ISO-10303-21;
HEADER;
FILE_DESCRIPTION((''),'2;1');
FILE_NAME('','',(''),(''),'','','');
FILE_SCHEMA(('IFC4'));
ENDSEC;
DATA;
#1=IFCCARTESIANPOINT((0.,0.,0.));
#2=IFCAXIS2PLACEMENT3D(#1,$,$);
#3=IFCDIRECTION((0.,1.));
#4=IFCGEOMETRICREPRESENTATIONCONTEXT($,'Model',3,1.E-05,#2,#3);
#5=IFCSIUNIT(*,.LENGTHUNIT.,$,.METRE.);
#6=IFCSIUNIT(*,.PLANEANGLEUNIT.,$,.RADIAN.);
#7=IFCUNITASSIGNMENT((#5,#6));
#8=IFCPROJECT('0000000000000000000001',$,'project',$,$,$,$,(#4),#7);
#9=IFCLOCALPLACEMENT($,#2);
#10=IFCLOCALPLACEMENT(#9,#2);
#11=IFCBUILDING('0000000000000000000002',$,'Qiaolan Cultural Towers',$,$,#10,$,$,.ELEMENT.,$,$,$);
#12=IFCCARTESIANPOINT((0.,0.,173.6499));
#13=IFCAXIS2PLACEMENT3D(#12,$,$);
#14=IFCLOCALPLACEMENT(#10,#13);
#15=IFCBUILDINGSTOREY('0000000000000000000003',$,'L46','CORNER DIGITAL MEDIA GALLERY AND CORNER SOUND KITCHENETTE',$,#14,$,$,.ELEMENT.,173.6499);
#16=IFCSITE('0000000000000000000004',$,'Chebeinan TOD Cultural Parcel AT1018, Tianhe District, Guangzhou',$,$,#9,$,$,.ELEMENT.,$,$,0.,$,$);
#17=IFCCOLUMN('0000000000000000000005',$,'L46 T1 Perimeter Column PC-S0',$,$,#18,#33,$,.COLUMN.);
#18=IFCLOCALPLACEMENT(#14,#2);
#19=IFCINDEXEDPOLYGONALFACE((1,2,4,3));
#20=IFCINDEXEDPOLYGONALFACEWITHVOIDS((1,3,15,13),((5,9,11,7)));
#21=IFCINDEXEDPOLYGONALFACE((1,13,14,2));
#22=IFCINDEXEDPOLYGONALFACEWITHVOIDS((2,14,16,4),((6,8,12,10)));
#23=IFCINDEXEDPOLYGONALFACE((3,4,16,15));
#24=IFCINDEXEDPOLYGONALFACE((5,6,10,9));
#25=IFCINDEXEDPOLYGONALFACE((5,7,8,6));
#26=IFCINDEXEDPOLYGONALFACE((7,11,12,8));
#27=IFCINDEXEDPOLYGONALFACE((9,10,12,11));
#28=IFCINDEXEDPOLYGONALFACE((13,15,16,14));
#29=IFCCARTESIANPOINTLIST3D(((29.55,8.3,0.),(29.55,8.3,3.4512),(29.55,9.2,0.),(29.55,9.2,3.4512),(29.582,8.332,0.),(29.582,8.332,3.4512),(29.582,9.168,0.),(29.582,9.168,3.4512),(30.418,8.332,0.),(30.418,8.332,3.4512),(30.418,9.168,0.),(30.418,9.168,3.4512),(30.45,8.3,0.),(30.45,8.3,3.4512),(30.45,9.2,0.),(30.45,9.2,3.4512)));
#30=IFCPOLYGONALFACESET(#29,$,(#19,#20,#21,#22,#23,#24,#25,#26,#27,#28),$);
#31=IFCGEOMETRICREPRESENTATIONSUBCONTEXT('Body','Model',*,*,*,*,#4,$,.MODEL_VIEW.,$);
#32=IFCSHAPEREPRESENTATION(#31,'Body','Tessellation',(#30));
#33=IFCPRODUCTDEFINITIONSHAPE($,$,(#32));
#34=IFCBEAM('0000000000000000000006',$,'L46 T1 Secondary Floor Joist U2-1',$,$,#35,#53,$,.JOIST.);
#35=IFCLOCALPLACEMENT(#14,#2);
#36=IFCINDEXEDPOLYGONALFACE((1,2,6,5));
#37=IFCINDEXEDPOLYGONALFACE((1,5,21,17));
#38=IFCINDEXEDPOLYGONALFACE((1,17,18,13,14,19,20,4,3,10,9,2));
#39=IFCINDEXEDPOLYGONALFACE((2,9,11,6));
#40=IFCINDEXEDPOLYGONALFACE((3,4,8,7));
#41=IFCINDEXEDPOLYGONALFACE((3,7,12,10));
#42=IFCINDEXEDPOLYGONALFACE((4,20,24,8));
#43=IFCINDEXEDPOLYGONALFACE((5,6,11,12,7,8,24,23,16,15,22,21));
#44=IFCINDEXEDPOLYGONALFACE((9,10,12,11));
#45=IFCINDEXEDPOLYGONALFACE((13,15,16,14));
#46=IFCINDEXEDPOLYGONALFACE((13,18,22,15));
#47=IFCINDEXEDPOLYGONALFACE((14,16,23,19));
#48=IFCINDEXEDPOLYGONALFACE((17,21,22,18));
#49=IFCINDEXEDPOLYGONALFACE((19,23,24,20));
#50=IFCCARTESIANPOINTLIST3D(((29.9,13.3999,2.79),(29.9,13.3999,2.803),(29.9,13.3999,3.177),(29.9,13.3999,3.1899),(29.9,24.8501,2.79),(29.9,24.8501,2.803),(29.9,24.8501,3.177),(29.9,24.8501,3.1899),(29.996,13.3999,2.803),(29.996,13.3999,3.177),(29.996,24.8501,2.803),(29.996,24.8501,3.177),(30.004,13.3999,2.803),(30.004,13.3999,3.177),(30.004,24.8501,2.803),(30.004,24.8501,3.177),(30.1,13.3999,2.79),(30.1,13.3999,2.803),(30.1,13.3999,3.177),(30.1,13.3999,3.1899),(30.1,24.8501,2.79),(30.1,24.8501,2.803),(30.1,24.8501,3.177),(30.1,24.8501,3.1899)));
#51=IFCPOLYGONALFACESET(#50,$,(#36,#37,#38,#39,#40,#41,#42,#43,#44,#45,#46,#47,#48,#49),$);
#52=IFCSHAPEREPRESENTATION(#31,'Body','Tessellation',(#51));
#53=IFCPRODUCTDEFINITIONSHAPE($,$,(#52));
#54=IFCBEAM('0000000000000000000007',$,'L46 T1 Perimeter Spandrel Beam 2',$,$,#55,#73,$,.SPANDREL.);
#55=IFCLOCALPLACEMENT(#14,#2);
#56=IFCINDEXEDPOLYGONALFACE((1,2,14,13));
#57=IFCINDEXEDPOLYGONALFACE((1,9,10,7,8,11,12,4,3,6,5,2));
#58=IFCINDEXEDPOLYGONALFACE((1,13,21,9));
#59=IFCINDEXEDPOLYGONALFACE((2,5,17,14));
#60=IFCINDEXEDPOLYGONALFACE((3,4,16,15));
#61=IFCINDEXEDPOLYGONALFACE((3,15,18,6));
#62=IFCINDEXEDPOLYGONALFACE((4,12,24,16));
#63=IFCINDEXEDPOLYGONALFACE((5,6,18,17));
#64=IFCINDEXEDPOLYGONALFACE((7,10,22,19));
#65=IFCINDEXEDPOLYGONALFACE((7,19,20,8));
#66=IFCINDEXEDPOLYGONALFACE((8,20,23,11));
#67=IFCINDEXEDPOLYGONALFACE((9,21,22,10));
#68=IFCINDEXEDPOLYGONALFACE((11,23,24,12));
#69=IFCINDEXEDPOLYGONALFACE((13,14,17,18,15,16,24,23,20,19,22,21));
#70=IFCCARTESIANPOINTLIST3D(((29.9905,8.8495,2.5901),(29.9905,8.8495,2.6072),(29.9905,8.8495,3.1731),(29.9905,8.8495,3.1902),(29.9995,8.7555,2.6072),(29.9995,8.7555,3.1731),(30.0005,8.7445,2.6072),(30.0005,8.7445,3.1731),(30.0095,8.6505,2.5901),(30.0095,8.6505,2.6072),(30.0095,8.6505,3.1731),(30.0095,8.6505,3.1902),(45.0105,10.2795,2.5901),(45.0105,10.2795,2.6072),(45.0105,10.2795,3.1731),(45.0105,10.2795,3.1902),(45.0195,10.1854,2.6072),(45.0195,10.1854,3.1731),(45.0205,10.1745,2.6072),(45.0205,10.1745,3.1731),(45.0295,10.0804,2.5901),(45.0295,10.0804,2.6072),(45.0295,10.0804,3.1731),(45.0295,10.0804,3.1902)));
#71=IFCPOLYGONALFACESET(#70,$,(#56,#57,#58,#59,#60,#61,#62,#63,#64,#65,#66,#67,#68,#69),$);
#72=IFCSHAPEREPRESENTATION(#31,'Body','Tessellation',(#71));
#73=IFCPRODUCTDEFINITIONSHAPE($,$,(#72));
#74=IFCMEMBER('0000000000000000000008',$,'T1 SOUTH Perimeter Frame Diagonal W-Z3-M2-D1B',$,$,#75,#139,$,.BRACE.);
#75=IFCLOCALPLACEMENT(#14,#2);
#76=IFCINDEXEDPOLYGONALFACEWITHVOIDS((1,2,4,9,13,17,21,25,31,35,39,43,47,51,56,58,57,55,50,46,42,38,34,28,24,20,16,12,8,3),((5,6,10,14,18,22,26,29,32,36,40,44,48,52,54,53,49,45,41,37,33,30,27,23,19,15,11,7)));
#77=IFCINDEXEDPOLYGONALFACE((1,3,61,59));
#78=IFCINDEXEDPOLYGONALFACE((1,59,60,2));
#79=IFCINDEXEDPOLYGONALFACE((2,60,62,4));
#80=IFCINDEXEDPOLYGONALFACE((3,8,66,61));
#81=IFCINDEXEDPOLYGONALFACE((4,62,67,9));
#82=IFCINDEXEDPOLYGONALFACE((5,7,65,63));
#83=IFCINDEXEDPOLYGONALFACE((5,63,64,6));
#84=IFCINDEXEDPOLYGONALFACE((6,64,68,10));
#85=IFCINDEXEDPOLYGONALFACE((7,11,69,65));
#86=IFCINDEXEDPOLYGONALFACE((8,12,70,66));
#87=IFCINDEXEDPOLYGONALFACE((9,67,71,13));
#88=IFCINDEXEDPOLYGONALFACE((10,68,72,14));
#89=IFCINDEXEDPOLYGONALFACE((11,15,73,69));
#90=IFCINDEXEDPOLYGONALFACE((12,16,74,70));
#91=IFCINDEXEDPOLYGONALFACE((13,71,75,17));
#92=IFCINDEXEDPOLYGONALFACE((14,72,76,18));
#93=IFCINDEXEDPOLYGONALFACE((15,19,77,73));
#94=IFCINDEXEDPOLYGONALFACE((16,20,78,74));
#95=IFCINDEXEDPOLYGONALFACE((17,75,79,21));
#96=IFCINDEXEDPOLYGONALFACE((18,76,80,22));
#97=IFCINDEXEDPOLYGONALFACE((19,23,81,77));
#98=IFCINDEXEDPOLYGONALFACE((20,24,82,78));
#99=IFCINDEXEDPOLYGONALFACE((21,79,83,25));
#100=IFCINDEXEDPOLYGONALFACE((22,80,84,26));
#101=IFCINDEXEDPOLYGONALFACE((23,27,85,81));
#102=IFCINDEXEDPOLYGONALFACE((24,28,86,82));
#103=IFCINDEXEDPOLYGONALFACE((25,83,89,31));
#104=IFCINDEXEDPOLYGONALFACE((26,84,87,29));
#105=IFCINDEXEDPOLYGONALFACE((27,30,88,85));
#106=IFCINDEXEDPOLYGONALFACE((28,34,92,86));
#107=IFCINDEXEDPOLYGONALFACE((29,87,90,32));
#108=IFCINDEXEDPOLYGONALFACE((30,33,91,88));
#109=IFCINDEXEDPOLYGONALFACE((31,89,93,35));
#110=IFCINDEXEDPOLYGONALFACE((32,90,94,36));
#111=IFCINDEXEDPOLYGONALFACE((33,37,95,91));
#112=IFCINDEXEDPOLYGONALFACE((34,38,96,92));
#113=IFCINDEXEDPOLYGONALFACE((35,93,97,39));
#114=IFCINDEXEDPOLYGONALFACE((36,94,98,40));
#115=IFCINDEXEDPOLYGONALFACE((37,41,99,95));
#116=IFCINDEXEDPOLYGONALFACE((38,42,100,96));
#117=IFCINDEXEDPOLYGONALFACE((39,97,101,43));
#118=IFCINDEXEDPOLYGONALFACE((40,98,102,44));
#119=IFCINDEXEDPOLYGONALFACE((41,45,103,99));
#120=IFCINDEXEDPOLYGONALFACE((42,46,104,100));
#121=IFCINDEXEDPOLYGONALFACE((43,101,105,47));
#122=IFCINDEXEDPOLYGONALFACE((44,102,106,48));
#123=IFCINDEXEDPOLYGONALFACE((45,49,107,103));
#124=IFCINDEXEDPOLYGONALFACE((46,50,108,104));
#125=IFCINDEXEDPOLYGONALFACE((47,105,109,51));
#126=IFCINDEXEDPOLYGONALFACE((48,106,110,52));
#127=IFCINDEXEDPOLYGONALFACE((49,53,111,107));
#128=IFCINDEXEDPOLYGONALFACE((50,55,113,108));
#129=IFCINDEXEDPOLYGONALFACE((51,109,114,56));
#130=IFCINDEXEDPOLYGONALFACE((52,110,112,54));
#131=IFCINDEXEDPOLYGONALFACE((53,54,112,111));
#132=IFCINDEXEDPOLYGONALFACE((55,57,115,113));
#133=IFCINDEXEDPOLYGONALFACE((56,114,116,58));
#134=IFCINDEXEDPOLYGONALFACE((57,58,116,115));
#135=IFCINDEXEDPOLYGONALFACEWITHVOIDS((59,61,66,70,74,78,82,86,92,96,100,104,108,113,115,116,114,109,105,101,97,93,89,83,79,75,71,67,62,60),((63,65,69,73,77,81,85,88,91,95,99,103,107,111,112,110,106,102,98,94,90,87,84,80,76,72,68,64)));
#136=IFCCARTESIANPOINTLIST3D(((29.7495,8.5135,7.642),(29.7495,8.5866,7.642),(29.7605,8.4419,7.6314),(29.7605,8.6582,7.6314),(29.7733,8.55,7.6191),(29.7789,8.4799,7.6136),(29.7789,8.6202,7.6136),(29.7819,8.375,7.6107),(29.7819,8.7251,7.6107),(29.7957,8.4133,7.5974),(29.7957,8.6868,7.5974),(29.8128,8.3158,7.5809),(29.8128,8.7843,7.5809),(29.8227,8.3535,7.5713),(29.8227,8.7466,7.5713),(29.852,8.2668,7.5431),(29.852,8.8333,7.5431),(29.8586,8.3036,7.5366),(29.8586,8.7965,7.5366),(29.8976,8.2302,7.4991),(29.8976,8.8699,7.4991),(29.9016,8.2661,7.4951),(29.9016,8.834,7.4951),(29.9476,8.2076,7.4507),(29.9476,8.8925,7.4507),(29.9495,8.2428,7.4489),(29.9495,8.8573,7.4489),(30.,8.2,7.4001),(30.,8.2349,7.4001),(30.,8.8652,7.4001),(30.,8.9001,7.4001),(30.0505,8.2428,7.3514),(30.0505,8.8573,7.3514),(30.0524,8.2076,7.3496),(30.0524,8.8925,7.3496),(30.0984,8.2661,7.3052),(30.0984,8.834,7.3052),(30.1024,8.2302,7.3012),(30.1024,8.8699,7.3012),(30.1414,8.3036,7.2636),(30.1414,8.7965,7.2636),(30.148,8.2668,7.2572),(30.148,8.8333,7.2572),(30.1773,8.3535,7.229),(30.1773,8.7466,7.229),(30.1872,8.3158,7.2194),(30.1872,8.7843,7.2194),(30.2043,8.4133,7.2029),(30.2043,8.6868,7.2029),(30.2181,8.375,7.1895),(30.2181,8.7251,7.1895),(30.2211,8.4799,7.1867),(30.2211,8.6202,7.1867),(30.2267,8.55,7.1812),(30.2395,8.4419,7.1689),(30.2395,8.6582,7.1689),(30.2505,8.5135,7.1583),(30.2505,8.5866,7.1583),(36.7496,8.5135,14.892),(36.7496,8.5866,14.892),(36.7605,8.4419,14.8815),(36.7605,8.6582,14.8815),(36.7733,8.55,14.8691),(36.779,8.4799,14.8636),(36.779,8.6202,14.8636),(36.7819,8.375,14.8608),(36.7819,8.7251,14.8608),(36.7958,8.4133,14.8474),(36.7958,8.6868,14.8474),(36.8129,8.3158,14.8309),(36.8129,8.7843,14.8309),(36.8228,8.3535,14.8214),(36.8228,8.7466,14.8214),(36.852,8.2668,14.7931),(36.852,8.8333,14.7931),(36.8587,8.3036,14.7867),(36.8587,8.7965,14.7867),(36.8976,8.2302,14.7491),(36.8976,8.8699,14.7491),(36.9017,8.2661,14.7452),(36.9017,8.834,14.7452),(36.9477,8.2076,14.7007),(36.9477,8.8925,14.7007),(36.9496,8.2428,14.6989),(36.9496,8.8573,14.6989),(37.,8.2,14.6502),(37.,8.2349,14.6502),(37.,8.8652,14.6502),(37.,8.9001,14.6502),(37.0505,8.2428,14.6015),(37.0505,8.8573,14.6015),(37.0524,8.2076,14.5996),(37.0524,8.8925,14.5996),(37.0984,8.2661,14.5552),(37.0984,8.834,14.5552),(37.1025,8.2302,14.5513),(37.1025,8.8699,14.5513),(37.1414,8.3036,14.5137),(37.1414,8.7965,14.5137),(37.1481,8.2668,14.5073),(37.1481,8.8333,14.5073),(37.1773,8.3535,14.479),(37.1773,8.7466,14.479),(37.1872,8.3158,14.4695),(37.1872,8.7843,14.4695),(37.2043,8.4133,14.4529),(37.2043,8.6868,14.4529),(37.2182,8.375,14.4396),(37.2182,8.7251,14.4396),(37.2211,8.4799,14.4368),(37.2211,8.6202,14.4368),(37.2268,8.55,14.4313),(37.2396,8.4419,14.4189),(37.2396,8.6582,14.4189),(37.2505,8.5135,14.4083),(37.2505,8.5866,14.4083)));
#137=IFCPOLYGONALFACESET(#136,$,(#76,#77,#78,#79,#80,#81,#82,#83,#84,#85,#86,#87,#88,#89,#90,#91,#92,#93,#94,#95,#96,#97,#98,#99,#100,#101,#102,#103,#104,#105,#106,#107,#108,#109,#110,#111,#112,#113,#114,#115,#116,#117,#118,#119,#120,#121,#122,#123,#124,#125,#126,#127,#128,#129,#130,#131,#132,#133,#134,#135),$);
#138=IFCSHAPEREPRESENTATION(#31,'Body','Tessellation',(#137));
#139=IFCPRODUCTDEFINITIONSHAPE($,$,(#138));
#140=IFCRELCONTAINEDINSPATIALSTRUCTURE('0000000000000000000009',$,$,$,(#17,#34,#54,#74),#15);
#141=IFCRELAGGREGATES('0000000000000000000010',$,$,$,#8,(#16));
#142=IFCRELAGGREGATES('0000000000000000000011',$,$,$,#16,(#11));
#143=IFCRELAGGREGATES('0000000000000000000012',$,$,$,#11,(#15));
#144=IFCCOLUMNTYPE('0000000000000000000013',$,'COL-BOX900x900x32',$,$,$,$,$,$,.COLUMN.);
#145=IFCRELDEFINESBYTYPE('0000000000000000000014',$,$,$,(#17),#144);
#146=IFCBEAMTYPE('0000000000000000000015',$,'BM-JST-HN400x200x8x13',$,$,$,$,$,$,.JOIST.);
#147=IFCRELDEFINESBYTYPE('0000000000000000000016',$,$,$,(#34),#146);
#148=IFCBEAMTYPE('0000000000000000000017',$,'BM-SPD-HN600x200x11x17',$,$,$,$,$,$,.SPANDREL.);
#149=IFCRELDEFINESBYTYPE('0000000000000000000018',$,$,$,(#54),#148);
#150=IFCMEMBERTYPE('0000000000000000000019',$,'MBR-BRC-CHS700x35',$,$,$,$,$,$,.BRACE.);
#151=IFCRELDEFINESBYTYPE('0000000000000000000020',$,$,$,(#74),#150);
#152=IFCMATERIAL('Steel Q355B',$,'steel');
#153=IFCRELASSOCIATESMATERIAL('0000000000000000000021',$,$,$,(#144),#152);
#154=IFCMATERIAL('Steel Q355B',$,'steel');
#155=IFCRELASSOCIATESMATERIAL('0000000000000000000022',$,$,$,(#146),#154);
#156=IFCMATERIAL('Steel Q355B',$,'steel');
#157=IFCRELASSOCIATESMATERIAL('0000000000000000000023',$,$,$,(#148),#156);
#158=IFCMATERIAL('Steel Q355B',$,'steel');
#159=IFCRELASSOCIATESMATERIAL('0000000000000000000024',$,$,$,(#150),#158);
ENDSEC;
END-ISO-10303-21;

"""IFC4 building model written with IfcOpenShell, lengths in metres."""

from ifc_helpers import new_model, si_unit, direction, frame, origin, origin_2d, place, context, subcontext, project, spatial, hollow_rectangle, hollow_circle, i_section, extrude, material, material_profile, profile_set, type_object, element, save


model = new_model("IFC4")

# Units and contexts
model_context = context("Model", 3, precision=1e-05, world=origin(), true_north=direction((0.0, 1.0)))
body_context = subcontext(model_context, "Body", "Model", "MODEL_VIEW")
ifc_project = project(units=[si_unit("LENGTHUNIT", "METRE"), si_unit("PLANEANGLEUNIT", "RADIAN")], contexts=[model_context])

# Site, building, storey
site_placement = place(None, origin())
site = spatial("IfcSite", under=ifc_project, at=site_placement, Name="Chebeinan TOD Cultural Parcel AT1018, Tianhe District, Guangzhou", CompositionType="ELEMENT", RefElevation=0.0)
building_placement = place(site_placement, origin())
building = spatial("IfcBuilding", under=site, at=building_placement, Name="Qiaolan Cultural Towers", CompositionType="ELEMENT")
storey_placement = place(building_placement, frame((0.0, 0.0, 173.6499)))
storey = spatial("IfcBuildingStorey", under=building, at=storey_placement, Name="L46", Description="CORNER DIGITAL MEDIA GALLERY AND CORNER SOUND KITCHENETTE", CompositionType="ELEMENT", Elevation=173.6499)

# Column
ifc_material_1 = material(Name="Steel Q355B", Category="steel")
ifc_material_profile_1 = material_profile(ifc_material_1, hollow_rectangle(XDim=0.8999, YDim=0.8999, WallThickness=0.032, at=origin_2d()), Name="BOX900x900x32")
ifc_profile_set_1 = profile_set([ifc_material_profile_1], Name="Steel Q355B")
column_type = type_object("IfcColumnType", Name="COL-BOX900x900x32", PredefinedType="COLUMN", material=ifc_profile_set_1)
column_placement = place(storey_placement, frame((30.0, 8.75, 0.0), z_axis=(0.0, 0.0, 1.0), x_axis=(1.0, 0.0, 0.0)))
element("IfcColumn", 1, at=column_placement, inside=storey, type_object=column_type, Name="L46 T1 Perimeter Column PC-S0", PredefinedType="COLUMN", context=body_context, shape_type="SweptSolid", body=[
    extrude(hollow_rectangle(XDim=0.8999, YDim=0.8999, WallThickness=0.032, at=origin_2d()), origin(), (0.0, 0.0, 1.0), 3.4512),
])

# Beams
ifc_material_2 = material(Name="Steel Q355B", Category="steel")
ifc_material_profile_2 = material_profile(ifc_material_2, i_section(OverallWidth=0.2, OverallDepth=0.3999, WebThickness=0.0081, FlangeThickness=0.0129, at=origin_2d()), Name="HN400x200x8x13")
ifc_profile_set_2 = profile_set([ifc_material_profile_2], Name="Steel Q355B")
beam_type_1 = type_object("IfcBeamType", Name="BM-JST-HN400x200x8x13", PredefinedType="JOIST", material=ifc_profile_set_2)
beam_1_placement = place(storey_placement, frame((30.0, 13.3999, 2.99), z_axis=(0.0, 1.0, 0.0), x_axis=(-1.0, 0.0, 0.0)))
element("IfcBeam", 2, at=beam_1_placement, inside=storey, type_object=beam_type_1, Name="L46 T1 Secondary Floor Joist U2-1", PredefinedType="JOIST", context=body_context, shape_type="SweptSolid", body=[
    extrude(i_section(OverallWidth=0.2, OverallDepth=0.3999, WebThickness=0.0081, FlangeThickness=0.0129, at=origin_2d()), origin(), (0.0, 0.0, 1.0), 11.4502),
])
ifc_material_3 = material(Name="Steel Q355B", Category="steel")
ifc_material_profile_3 = material_profile(ifc_material_3, i_section(OverallWidth=0.2, OverallDepth=0.6001, WebThickness=0.011, FlangeThickness=0.0171, at=origin_2d()), Name="HN600x200x11x17")
ifc_profile_set_3 = profile_set([ifc_material_profile_3], Name="Steel Q355B")
beam_type_2 = type_object("IfcBeamType", Name="BM-SPD-HN600x200x11x17", PredefinedType="SPANDREL", material=ifc_profile_set_3)
beam_2_placement = place(storey_placement, frame((30.0, 8.75, 2.8901), z_axis=(0.995499, 0.094773, 0.0), x_axis=(-0.094773, 0.995499, 0.0)))
element("IfcBeam", 3, at=beam_2_placement, inside=storey, type_object=beam_type_2, Name="L46 T1 Perimeter Spandrel Beam 2", PredefinedType="SPANDREL", context=body_context, shape_type="SweptSolid", body=[
    extrude(i_section(OverallWidth=0.2, OverallDepth=0.6001, WebThickness=0.011, FlangeThickness=0.0171, at=origin_2d()), origin(), (0.0, 0.0, 1.0), 15.0879),
])

# Member
ifc_material_4 = material(Name="Steel Q355B", Category="steel")
ifc_material_profile_4 = material_profile(ifc_material_4, hollow_circle(Radius=0.3501, WallThickness=0.0349, at=origin_2d()), Name="CHS700x35")
ifc_profile_set_4 = profile_set([ifc_material_profile_4], Name="Steel Q355B")
member_type = type_object("IfcMemberType", Name="MBR-BRC-CHS700x35", PredefinedType="BRACE", material=ifc_profile_set_4)
for number, where, z_axis, x_axis, name in (
    (4, (30.0, 8.55, 7.4001), (0.694595, 0.0, 0.719401), (0.0, 1.0, 0.0), "T1 SOUTH Perimeter Frame Diagonal W-Z3-M2-D1B"),
):
    element("IfcMember", number, at=place(storey_placement, frame(where, z_axis=z_axis, x_axis=x_axis)), inside=storey, type_object=member_type, Name=name, PredefinedType="BRACE", context=body_context, shape_type="SweptSolid", body=[
        extrude(hollow_circle(Radius=0.3501, WallThickness=0.0349, at=origin_2d()), origin(), (0.0, 0.0, 1.0), 10.0779),
    ])

save(model, "model.ifc")
